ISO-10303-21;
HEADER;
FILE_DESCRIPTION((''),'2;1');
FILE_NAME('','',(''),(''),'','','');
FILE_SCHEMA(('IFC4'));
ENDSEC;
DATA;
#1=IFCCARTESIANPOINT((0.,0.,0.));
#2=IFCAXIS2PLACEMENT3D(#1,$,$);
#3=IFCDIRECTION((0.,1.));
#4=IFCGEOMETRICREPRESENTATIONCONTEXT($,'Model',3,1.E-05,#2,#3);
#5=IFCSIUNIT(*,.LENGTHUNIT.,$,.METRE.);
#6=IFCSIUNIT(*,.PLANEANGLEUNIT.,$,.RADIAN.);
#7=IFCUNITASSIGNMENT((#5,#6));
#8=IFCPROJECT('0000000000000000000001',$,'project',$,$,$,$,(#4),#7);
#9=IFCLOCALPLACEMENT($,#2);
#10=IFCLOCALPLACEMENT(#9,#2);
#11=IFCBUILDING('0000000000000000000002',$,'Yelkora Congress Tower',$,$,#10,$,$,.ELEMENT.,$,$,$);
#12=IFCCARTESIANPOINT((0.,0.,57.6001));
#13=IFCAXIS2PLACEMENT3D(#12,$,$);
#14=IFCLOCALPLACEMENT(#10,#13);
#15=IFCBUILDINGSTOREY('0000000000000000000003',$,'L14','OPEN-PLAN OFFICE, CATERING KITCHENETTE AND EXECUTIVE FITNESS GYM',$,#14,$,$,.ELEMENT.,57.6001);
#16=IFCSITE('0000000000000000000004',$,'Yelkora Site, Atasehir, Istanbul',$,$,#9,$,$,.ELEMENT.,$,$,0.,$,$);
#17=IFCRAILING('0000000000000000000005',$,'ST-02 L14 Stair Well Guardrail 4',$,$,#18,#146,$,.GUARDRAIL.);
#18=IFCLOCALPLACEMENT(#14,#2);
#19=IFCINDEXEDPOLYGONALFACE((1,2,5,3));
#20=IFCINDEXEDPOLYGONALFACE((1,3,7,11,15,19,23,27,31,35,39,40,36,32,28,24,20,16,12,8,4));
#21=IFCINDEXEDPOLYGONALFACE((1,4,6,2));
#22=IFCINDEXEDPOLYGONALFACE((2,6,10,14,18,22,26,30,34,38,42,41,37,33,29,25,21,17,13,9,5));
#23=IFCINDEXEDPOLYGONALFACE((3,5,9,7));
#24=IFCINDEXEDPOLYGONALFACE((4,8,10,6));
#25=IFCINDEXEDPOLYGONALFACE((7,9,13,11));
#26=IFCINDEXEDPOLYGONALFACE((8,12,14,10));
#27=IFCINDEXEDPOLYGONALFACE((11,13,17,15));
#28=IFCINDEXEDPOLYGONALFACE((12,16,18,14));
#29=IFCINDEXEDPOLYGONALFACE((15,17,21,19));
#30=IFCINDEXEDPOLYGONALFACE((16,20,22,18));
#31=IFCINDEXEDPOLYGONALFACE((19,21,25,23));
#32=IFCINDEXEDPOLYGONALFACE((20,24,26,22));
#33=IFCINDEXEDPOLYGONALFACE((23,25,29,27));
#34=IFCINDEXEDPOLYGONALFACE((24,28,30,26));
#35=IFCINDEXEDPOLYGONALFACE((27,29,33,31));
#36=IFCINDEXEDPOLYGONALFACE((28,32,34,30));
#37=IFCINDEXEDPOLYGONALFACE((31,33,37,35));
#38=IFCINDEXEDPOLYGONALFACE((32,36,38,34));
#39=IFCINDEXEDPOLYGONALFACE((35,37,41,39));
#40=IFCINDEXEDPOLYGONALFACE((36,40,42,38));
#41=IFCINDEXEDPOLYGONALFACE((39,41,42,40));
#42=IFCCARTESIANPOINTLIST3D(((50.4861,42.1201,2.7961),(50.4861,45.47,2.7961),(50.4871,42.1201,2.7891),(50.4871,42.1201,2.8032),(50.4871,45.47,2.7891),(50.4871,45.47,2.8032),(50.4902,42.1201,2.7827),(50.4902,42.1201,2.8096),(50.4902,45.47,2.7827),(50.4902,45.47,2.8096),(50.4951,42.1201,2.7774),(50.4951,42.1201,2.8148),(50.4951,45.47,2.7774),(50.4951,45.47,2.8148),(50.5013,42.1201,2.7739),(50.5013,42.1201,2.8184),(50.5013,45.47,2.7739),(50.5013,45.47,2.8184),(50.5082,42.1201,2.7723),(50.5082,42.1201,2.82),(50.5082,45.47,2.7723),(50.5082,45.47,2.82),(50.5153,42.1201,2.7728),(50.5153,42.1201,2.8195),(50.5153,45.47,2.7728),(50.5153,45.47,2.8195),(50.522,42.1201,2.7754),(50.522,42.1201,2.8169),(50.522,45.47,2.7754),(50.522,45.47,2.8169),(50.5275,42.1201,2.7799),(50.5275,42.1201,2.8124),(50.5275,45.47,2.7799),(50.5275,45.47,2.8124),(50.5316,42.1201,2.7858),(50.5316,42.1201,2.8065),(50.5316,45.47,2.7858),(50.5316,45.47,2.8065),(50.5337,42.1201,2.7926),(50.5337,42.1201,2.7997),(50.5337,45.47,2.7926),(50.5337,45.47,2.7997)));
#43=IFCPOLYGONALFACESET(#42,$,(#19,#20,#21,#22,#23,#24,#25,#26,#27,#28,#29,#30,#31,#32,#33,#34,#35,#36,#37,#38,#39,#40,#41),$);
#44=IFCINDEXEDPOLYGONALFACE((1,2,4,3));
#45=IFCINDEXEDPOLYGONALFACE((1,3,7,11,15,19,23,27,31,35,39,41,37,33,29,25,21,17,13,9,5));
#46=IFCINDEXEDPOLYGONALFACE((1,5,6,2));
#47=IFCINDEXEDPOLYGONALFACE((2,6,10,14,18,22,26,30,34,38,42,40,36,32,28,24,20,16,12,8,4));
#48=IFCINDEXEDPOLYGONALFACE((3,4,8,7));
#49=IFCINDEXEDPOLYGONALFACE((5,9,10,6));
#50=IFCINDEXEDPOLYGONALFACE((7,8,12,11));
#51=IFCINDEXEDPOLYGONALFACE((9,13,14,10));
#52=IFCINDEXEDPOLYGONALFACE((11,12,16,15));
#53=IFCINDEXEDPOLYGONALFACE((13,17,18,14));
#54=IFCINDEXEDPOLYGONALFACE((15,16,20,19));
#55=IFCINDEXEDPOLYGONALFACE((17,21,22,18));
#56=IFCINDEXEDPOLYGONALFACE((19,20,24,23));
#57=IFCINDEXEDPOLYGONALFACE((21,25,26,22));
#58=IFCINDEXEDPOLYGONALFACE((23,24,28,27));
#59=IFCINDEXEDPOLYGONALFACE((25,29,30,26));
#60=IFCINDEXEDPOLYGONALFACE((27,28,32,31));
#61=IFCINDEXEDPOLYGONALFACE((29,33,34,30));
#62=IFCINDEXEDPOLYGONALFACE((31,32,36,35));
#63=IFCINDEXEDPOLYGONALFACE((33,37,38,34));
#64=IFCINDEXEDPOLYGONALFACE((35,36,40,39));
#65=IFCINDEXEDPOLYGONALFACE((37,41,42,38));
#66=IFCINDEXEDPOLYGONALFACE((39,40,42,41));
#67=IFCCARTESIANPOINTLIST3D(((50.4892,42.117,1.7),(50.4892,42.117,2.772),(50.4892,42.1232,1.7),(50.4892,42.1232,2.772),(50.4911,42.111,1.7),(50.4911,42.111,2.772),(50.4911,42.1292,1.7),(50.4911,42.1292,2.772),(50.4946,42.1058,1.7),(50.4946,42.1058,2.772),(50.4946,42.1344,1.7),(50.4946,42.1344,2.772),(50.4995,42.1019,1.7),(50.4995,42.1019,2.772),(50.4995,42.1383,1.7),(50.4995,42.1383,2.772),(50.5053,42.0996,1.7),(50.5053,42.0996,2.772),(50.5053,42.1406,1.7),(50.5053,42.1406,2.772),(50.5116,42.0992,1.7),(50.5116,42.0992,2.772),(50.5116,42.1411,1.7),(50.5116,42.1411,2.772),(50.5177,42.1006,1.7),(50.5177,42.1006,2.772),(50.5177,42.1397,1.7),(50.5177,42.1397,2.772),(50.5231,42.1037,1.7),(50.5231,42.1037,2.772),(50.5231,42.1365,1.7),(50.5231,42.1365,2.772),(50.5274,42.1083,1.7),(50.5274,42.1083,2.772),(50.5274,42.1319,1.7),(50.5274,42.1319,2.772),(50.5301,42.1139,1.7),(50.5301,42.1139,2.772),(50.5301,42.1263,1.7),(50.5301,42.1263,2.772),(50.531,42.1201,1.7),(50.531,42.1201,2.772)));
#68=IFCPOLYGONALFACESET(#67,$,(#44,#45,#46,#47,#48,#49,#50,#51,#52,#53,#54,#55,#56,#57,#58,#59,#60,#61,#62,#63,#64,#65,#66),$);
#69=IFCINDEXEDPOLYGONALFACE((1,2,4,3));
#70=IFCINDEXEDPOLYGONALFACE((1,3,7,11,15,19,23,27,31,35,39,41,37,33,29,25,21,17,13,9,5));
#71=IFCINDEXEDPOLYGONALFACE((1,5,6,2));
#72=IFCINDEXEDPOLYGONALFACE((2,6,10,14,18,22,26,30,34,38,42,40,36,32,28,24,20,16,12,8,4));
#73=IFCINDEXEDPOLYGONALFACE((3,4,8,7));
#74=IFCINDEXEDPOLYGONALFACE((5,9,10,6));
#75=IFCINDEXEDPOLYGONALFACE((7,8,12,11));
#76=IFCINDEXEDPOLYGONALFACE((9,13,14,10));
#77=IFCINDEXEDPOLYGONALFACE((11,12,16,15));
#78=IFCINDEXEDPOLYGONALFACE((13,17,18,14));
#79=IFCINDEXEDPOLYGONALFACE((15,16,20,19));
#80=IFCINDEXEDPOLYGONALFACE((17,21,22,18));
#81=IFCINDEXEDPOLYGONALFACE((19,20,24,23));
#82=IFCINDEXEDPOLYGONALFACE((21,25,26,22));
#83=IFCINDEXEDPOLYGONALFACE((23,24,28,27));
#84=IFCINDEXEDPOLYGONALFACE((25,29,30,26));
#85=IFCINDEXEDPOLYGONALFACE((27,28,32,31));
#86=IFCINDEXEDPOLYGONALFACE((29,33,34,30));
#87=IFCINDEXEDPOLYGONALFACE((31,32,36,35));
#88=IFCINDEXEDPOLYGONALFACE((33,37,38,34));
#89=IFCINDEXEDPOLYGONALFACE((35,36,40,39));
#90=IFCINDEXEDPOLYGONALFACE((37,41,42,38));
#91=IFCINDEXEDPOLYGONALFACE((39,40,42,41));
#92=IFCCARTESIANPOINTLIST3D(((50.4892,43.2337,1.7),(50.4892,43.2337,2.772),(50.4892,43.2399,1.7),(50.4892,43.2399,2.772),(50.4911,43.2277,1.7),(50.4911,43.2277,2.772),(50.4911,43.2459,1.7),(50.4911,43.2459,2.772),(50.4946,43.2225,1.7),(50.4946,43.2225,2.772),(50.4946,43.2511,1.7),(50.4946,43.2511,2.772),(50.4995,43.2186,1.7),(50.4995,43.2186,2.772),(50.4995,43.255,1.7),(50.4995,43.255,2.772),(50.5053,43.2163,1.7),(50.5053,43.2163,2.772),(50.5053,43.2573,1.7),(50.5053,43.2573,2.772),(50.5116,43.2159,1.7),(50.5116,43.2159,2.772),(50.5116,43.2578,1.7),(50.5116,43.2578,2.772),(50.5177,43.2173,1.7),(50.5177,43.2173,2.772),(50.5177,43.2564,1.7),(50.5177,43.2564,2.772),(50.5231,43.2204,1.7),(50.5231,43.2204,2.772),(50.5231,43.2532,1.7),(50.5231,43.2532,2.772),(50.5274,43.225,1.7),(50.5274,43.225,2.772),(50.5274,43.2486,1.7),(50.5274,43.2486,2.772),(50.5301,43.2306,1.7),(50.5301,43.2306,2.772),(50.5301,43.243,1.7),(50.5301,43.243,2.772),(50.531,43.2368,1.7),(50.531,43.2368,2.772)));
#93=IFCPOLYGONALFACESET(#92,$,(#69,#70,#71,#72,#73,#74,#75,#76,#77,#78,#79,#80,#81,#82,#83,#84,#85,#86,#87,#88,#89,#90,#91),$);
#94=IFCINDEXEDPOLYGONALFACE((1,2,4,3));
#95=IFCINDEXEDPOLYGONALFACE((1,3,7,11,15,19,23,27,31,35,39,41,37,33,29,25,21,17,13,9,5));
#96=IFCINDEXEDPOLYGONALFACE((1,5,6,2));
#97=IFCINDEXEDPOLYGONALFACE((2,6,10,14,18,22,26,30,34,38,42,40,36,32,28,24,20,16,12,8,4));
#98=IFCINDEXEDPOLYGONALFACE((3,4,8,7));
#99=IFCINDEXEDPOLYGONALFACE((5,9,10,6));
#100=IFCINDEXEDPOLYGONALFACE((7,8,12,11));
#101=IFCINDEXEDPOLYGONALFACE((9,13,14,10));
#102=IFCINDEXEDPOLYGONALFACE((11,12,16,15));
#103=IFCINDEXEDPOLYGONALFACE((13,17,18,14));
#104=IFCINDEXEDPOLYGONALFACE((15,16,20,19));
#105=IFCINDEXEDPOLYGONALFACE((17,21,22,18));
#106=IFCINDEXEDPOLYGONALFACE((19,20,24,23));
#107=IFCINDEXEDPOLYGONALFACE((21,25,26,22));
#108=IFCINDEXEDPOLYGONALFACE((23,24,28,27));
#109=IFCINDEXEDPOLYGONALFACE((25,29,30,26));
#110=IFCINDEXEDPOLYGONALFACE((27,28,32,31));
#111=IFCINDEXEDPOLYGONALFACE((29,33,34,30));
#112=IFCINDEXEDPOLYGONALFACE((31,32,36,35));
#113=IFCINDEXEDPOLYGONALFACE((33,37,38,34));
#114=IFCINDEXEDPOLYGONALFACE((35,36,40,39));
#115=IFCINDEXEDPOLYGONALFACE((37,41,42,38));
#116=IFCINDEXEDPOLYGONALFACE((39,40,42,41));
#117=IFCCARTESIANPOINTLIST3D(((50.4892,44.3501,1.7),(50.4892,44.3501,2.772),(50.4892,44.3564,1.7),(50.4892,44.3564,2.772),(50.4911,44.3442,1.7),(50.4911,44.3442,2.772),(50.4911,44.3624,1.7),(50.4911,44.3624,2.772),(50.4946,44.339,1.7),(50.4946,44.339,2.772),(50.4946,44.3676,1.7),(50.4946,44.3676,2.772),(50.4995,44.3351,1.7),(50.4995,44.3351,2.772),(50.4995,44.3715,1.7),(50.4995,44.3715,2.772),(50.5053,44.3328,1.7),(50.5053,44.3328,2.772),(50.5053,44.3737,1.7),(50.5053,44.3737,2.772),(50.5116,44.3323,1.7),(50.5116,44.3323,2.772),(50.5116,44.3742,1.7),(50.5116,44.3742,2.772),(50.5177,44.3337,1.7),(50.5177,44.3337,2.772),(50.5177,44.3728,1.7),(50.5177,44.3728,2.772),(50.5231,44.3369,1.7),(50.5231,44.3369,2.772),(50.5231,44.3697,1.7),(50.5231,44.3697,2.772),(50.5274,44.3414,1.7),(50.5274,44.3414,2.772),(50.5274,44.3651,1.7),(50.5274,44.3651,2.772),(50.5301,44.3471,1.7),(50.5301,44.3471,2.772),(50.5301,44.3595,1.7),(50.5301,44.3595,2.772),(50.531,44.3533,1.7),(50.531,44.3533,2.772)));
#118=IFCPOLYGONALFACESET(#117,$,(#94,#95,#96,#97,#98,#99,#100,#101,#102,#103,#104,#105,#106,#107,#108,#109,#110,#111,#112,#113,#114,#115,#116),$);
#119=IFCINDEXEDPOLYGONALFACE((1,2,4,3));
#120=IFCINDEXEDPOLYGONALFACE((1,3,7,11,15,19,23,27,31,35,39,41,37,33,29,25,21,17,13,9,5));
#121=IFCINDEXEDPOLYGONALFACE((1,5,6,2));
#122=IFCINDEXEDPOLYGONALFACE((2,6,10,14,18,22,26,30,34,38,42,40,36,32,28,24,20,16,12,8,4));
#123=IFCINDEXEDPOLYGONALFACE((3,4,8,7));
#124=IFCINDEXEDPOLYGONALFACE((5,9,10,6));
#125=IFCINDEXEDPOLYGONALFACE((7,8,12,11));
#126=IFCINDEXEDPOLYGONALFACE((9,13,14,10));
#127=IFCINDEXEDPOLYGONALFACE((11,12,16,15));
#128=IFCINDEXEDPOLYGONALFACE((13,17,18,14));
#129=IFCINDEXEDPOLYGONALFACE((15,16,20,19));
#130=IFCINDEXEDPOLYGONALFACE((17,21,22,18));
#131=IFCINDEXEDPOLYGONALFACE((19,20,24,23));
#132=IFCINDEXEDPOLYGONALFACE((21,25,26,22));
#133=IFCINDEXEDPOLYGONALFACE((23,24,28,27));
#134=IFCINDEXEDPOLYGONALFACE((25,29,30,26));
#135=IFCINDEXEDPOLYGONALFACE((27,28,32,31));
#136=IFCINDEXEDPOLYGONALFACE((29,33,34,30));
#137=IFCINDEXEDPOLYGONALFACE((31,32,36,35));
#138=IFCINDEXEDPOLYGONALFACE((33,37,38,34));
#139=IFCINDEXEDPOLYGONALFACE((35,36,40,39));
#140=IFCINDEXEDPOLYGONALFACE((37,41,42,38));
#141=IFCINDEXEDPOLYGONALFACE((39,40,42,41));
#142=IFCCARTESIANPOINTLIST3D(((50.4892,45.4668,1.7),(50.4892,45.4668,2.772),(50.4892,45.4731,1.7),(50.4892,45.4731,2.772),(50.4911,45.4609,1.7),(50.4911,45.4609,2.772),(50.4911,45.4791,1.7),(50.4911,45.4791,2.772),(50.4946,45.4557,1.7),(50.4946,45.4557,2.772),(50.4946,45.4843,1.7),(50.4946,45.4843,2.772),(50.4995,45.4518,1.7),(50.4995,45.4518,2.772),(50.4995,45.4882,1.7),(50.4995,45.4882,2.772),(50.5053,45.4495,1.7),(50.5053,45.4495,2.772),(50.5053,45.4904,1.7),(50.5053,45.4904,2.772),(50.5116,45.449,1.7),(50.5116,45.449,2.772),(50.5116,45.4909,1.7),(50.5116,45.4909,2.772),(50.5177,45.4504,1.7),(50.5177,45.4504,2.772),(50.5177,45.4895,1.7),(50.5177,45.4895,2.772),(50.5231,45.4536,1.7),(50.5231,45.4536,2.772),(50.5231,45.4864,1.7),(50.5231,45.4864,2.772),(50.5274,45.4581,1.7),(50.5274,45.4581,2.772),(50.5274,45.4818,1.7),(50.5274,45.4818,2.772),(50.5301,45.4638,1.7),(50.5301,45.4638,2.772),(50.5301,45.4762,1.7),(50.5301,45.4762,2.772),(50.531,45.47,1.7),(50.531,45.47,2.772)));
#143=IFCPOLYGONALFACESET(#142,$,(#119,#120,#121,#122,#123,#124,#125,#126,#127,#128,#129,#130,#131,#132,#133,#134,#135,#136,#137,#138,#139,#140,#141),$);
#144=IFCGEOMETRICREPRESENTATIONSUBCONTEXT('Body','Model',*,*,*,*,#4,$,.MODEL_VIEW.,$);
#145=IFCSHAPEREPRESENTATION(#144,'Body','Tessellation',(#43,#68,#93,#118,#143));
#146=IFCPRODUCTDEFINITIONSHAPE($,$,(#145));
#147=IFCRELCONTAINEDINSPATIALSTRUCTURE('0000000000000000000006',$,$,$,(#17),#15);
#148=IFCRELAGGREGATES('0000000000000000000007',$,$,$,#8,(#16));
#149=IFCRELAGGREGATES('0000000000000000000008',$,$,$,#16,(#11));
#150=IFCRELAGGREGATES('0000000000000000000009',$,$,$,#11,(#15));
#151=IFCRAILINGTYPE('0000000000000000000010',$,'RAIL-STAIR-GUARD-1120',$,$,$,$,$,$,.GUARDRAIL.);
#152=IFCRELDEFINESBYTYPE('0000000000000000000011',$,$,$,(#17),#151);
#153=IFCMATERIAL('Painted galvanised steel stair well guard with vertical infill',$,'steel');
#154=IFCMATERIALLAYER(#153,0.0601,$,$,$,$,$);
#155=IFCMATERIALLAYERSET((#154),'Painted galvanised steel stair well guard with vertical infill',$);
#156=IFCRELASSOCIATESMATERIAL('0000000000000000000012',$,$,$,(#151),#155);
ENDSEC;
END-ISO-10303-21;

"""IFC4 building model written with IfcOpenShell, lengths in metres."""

from ifc_helpers import new_model, si_unit, direction, frame, origin, origin_2d, place, context, subcontext, project, spatial, circle, extrude, material, layer, layer_set, type_object, element, save


model = new_model("IFC4")

# Units and contexts
model_context = context("Model", 3, precision=1e-05, world=origin(), true_north=direction((0.0, 1.0)))
body_context = subcontext(model_context, "Body", "Model", "MODEL_VIEW")
ifc_project = project(units=[si_unit("LENGTHUNIT", "METRE"), si_unit("PLANEANGLEUNIT", "RADIAN")], contexts=[model_context])

# Site, building, storey
site_placement = place(None, origin())
site = spatial("IfcSite", under=ifc_project, at=site_placement, Name="Yelkora Site, Atasehir, Istanbul", CompositionType="ELEMENT", RefElevation=0.0)
building_placement = place(site_placement, origin())
building = spatial("IfcBuilding", under=site, at=building_placement, Name="Yelkora Congress Tower", CompositionType="ELEMENT")
storey_placement = place(building_placement, frame((0.0, 0.0, 57.6001)))
storey = spatial("IfcBuildingStorey", under=building, at=storey_placement, Name="L14", Description="OPEN-PLAN OFFICE, CATERING KITCHENETTE AND EXECUTIVE FITNESS GYM", CompositionType="ELEMENT", Elevation=57.6001)

# Railing
ifc_material_1 = material(Name="Painted galvanised steel stair well guard with vertical infill", Category="steel")
ifc_layer_1 = layer(ifc_material_1, 0.0601)
ifc_layer_set_1 = layer_set([ifc_layer_1], Name="Painted galvanised steel stair well guard with vertical infill")
railing_type_1 = type_object("IfcRailingType", Name="RAIL-STAIR-GUARD-1120", PredefinedType="GUARDRAIL", material=ifc_layer_set_1)
railing_1_placement = place(storey_placement, frame((50.51, 42.1201, 1.7)))
element("IfcRailing", 1, at=railing_1_placement, inside=storey, type_object=railing_type_1, Name="ST-02 L14 Stair Well Guardrail 4", PredefinedType="GUARDRAIL", context=body_context, shape_type="SweptSolid", body=[
    extrude(circle(Radius=0.0239, at=origin_2d()), frame((0.0, 0.0, 1.0962), z_axis=(0.0, 1.0, 0.0), x_axis=(-1.0, 0.0, 0.0)), (0.0, 0.0, 1.0), 3.3499),
    extrude(circle(Radius=0.021, at=origin_2d()), origin(), (0.0, 0.0, 1.0), 1.072),
    extrude(circle(Radius=0.021, at=origin_2d()), frame((0.0, 1.1167, 0.0)), (0.0, 0.0, 1.0), 1.072),
    extrude(circle(Radius=0.021, at=origin_2d()), frame((0.0, 2.2332, 0.0)), (0.0, 0.0, 1.0), 1.072),
    extrude(circle(Radius=0.021, at=origin_2d()), frame((0.0, 3.3499, 0.0)), (0.0, 0.0, 1.0), 1.072),
])

save(model, "model.ifc")
